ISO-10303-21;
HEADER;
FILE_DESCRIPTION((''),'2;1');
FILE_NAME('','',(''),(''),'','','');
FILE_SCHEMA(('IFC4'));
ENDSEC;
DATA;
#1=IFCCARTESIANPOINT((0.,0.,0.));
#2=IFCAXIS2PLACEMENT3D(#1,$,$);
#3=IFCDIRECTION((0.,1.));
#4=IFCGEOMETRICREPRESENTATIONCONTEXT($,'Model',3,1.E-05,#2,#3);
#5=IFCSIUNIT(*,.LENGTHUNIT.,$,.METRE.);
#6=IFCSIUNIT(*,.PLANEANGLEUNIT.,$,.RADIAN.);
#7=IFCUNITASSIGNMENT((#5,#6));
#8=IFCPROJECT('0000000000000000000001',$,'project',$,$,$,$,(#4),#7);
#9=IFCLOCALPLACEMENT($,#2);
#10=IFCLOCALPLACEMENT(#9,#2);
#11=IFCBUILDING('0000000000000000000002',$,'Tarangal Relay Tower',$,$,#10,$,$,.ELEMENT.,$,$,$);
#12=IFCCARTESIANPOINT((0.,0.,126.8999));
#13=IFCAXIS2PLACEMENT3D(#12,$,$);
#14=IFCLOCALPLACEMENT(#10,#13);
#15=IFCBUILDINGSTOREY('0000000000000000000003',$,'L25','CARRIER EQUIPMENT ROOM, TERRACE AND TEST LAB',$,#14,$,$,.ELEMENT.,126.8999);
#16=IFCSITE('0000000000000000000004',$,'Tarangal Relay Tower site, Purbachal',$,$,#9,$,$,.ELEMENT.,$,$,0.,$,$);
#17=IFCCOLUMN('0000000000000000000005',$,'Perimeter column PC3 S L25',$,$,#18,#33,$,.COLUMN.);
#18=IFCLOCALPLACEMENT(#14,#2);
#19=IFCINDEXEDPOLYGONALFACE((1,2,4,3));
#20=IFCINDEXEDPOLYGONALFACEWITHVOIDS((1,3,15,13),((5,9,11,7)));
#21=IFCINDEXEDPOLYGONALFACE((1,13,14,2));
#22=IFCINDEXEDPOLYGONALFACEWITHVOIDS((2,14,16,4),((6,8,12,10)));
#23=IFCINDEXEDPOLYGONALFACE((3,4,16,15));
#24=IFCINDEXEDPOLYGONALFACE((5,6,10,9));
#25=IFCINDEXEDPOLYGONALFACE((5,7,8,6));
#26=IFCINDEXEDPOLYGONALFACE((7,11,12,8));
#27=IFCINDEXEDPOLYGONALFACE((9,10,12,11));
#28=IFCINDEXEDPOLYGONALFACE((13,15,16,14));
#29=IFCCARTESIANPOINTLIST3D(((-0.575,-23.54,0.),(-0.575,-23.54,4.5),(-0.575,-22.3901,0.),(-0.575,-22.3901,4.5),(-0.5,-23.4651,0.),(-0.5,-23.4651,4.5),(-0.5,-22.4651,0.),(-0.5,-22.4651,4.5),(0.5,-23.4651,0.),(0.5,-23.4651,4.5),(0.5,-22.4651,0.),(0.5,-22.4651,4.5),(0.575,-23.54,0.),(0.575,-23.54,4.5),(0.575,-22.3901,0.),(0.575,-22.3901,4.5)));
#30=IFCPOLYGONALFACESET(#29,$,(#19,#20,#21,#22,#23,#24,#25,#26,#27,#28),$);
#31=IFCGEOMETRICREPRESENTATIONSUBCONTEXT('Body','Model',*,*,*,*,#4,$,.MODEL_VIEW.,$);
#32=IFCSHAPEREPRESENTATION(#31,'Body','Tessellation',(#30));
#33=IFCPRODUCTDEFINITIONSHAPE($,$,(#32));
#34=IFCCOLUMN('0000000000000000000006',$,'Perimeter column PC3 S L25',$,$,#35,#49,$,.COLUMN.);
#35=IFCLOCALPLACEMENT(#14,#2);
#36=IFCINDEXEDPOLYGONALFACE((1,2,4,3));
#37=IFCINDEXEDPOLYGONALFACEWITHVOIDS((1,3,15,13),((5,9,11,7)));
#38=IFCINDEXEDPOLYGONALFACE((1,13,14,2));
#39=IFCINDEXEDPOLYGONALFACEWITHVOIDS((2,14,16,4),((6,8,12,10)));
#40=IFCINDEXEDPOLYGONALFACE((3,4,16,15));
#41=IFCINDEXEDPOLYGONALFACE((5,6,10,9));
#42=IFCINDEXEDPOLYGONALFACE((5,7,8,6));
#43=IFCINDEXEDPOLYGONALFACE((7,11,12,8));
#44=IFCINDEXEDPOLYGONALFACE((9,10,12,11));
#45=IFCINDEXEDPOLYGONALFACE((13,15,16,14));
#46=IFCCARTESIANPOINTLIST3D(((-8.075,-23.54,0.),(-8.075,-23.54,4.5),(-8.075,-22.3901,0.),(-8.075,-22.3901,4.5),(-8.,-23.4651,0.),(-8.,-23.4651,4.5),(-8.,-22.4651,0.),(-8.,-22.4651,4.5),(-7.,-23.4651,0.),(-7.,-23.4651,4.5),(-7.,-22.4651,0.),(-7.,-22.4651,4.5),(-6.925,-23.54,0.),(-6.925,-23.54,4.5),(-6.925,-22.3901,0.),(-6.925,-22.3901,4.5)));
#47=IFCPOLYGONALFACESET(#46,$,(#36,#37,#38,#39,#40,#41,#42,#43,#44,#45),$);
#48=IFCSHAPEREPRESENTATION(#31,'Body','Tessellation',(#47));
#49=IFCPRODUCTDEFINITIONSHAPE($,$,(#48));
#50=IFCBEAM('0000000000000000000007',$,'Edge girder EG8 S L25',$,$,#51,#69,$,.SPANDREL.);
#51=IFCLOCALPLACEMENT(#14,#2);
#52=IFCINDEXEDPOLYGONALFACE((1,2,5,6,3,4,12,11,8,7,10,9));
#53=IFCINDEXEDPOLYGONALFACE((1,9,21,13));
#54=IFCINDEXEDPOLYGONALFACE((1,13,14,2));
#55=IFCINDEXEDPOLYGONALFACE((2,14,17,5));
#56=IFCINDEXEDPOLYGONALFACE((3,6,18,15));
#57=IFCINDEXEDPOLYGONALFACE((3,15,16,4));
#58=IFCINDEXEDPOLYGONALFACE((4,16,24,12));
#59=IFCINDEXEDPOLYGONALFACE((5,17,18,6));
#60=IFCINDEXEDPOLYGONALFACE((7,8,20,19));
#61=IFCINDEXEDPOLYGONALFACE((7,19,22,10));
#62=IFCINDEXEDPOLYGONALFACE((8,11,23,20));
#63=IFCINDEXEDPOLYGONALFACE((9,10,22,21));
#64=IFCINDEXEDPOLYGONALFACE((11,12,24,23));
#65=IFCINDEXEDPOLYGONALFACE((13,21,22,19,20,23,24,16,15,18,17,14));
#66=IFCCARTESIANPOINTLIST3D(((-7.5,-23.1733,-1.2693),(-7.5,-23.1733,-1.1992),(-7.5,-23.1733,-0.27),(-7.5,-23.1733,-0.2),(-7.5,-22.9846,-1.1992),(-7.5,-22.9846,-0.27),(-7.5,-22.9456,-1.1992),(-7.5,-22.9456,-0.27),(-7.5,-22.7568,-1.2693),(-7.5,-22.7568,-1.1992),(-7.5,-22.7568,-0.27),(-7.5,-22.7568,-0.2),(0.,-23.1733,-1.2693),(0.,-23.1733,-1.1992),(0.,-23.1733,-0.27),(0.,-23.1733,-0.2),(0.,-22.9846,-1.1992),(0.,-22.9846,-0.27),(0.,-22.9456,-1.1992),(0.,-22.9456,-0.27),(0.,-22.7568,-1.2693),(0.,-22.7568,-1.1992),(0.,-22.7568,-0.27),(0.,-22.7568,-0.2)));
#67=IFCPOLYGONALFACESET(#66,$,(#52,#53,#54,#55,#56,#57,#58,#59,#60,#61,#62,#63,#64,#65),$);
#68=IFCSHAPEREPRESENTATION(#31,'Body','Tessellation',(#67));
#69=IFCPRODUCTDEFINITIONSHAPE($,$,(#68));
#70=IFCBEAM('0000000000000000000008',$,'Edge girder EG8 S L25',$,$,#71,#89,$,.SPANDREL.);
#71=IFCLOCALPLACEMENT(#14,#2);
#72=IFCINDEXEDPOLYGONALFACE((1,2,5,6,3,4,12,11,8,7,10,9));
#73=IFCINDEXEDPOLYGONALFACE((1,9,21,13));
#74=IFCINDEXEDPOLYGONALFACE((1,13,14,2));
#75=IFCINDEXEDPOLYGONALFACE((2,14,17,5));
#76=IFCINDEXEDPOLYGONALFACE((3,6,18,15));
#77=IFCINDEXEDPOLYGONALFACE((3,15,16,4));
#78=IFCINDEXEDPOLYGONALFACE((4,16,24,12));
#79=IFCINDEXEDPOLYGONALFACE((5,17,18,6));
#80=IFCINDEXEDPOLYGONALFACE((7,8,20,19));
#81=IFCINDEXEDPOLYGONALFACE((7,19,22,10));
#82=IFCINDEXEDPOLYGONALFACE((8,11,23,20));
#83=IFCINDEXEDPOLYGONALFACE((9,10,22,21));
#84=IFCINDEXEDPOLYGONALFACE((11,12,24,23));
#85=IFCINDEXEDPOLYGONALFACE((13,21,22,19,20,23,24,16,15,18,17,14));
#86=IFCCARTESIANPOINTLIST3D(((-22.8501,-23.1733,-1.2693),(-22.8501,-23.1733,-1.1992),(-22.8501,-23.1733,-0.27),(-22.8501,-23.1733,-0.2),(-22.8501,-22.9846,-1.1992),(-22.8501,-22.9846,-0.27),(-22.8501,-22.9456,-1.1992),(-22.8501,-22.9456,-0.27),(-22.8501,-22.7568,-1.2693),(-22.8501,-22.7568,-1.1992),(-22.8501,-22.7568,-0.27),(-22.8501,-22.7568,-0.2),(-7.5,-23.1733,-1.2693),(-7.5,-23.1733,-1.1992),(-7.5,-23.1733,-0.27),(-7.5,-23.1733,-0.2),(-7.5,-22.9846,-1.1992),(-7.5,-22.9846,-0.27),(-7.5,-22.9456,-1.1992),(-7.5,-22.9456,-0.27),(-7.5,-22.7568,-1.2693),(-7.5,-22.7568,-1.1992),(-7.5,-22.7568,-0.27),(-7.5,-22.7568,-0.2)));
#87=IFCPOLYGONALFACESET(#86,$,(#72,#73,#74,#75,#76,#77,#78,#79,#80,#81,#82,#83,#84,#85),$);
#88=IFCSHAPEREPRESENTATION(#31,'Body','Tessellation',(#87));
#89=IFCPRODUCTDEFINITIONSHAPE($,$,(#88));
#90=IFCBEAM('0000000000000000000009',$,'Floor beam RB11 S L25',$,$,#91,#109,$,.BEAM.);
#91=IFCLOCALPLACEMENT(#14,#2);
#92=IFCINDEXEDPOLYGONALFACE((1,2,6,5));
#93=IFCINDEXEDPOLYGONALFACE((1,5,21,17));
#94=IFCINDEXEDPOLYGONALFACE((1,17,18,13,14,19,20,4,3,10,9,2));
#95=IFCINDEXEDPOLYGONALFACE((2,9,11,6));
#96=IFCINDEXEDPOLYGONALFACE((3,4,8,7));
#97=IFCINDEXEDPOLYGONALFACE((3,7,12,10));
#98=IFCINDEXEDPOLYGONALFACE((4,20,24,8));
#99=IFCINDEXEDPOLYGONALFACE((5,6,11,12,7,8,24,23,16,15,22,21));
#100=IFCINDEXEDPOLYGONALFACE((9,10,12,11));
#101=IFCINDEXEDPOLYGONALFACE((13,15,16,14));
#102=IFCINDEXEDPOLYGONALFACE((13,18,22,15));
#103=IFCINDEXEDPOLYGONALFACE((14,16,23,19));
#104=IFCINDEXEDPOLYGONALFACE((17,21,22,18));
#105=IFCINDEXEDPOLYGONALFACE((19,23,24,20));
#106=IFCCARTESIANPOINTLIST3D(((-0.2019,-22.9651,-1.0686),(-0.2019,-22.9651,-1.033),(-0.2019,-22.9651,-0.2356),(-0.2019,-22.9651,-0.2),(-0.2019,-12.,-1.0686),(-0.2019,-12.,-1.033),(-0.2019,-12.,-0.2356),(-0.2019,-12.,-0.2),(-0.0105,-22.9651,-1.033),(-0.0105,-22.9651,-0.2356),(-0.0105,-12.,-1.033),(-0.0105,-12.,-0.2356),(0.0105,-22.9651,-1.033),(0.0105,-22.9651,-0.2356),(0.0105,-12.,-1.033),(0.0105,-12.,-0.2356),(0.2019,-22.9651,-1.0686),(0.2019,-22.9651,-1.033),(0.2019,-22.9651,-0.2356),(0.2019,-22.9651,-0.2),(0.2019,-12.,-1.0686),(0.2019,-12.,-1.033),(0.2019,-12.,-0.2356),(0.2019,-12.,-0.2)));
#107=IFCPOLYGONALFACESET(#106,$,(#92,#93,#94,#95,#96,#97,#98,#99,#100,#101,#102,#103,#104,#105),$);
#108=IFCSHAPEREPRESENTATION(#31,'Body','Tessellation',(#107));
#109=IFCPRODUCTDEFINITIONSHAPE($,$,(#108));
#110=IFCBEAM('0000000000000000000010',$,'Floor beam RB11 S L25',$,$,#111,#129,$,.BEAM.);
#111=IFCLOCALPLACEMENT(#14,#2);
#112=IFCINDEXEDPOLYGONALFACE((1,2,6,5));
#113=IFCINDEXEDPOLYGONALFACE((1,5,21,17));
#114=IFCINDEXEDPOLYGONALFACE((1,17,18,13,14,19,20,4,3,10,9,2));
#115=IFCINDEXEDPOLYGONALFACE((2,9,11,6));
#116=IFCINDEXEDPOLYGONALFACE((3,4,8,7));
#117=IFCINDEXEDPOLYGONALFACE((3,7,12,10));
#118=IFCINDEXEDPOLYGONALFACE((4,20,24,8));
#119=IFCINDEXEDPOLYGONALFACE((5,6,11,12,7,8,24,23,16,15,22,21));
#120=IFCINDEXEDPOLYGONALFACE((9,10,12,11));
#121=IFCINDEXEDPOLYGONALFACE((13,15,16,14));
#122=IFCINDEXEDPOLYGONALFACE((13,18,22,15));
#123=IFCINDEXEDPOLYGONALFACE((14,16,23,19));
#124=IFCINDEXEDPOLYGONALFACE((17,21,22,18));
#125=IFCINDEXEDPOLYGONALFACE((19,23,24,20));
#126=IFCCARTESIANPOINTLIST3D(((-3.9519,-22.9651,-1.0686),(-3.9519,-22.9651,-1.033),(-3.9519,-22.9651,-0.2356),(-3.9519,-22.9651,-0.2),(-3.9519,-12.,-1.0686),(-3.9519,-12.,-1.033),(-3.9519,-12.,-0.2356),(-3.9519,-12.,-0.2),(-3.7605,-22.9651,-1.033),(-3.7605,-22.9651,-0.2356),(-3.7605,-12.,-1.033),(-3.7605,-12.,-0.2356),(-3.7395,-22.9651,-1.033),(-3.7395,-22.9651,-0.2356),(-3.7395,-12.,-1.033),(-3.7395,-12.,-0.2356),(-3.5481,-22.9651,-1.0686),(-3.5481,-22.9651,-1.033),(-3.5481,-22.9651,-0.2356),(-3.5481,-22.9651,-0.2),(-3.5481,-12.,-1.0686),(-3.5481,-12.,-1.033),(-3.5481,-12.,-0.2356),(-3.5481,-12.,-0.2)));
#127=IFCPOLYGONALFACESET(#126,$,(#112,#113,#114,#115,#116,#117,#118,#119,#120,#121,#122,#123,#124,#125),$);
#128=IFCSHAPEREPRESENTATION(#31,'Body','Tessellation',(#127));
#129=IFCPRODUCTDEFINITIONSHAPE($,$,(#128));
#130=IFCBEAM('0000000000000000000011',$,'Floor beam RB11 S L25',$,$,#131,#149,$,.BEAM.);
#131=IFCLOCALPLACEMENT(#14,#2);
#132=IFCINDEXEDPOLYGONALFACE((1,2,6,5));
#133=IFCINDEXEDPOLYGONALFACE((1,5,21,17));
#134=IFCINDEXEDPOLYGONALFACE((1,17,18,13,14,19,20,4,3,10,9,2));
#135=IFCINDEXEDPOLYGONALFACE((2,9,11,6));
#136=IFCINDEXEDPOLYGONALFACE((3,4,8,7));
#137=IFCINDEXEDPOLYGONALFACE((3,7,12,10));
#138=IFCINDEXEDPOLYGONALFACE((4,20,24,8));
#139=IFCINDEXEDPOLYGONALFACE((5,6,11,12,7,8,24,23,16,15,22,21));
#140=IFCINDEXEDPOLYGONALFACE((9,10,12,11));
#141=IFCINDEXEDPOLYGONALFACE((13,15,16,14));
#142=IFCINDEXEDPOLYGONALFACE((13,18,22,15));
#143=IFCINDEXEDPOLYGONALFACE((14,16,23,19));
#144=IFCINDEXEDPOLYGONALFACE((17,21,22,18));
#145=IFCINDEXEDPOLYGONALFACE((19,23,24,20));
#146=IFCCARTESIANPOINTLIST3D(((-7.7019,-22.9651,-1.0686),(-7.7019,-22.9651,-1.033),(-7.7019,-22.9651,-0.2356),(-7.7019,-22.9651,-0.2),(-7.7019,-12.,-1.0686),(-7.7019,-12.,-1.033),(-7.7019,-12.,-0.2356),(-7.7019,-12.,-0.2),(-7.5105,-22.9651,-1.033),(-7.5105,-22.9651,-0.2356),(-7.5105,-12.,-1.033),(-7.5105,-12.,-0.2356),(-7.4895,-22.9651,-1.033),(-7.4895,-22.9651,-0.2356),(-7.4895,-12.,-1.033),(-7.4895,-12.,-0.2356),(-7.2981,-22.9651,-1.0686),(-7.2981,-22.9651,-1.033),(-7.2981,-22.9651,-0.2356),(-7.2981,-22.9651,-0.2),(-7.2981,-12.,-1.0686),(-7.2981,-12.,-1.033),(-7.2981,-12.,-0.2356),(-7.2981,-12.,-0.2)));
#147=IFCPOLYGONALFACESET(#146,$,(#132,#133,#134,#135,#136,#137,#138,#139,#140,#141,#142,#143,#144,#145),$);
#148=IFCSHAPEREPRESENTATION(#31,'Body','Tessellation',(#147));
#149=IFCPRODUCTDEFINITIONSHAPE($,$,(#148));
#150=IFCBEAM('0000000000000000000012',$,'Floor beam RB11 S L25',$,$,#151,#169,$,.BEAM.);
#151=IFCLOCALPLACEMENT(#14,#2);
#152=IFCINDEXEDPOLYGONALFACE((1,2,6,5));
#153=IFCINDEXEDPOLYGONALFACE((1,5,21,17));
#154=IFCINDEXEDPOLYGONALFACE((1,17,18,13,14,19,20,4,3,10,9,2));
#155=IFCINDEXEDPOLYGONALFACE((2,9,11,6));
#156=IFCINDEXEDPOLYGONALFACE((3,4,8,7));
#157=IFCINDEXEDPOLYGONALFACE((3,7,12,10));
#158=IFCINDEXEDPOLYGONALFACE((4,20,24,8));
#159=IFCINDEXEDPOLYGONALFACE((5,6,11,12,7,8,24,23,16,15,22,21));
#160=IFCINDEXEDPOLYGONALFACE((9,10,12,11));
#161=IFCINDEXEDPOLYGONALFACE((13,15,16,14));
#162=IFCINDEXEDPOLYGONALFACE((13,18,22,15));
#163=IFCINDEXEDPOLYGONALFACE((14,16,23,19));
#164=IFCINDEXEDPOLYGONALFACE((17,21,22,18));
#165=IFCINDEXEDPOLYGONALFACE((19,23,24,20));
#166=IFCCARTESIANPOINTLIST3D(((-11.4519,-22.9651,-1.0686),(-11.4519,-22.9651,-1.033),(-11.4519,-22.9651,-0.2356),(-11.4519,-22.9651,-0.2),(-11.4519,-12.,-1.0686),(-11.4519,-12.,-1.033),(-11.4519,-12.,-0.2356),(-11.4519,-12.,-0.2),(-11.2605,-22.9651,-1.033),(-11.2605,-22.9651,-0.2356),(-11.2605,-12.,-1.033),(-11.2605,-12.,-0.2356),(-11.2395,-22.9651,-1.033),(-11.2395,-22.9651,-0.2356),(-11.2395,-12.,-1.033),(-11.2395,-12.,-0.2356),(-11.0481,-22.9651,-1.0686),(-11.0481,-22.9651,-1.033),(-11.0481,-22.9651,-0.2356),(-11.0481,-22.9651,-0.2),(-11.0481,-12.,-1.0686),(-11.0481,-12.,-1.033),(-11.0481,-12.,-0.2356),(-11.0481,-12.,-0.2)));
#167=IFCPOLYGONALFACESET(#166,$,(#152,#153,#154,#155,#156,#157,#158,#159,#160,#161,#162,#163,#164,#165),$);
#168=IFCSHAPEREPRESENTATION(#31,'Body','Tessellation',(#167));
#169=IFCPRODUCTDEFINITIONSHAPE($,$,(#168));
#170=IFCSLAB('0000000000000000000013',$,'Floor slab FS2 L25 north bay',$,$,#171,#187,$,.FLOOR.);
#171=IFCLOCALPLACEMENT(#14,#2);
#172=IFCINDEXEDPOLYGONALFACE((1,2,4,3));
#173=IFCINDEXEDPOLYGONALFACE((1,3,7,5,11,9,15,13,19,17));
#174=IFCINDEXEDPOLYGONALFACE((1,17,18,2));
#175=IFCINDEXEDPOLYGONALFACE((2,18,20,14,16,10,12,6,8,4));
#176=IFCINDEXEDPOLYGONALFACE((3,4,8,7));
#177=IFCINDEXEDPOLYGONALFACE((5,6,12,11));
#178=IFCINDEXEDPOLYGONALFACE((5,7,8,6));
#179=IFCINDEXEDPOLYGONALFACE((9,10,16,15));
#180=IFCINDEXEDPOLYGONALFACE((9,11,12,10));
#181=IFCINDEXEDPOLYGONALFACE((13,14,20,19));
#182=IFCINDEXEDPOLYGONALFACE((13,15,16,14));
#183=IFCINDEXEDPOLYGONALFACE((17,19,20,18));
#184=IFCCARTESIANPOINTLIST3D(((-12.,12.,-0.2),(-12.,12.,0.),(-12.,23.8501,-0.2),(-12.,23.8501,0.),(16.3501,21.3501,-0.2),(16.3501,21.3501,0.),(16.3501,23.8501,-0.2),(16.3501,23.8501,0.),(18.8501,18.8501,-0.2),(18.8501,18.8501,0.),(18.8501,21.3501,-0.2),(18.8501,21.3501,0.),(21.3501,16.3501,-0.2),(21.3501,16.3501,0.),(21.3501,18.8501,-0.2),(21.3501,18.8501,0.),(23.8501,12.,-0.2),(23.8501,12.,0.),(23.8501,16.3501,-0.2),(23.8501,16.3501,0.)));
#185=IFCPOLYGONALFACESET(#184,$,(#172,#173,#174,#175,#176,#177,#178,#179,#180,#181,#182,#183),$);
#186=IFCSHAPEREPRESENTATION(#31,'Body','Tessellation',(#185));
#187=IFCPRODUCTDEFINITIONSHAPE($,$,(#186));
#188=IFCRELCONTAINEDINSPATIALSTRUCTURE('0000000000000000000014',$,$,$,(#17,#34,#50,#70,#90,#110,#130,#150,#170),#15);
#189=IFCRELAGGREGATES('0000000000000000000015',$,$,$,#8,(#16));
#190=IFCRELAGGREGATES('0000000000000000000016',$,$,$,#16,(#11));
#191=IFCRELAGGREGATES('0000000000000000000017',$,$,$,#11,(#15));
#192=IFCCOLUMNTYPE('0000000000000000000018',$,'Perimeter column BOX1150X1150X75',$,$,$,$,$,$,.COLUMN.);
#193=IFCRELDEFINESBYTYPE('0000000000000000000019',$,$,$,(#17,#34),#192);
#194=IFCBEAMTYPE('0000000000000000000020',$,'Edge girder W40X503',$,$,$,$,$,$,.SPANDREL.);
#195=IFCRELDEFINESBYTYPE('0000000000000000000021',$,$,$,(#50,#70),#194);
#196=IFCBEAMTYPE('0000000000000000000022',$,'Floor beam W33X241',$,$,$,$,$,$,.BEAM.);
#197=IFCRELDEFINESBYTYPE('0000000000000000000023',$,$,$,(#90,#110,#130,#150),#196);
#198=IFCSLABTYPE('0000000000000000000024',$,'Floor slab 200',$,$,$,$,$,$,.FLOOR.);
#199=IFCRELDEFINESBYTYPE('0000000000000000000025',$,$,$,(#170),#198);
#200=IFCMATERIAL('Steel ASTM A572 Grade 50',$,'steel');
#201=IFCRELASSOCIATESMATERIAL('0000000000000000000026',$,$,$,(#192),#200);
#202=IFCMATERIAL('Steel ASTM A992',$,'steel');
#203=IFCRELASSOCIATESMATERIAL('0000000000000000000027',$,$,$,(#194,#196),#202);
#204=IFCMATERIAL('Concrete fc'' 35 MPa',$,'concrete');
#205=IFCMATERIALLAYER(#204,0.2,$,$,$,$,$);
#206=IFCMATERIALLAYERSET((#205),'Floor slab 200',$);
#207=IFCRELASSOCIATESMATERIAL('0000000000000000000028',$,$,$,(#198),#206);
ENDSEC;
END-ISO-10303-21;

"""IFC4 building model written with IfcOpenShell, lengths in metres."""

from ifc_helpers import new_model, si_unit, direction, frame, origin, origin_2d, place, context, subcontext, project, spatial, polyline, hollow_rectangle, i_section, outline, extrude, material, layer, layer_set, material_profile, profile_set, type_object, element, save


model = new_model("IFC4")

# Units and contexts
model_context = context("Model", 3, precision=1e-05, world=origin(), true_north=direction((0.0, 1.0)))
body_context = subcontext(model_context, "Body", "Model", "MODEL_VIEW")
ifc_project = project(units=[si_unit("LENGTHUNIT", "METRE"), si_unit("PLANEANGLEUNIT", "RADIAN")], contexts=[model_context])

# Site, building, storey
site_placement = place(None, origin())
site = spatial("IfcSite", under=ifc_project, at=site_placement, Name="Tarangal Relay Tower site, Purbachal", CompositionType="ELEMENT", RefElevation=0.0)
building_placement = place(site_placement, origin())
building = spatial("IfcBuilding", under=site, at=building_placement, Name="Tarangal Relay Tower", CompositionType="ELEMENT")
storey_placement = place(building_placement, frame((0.0, 0.0, 126.8999)))
storey = spatial("IfcBuildingStorey", under=building, at=storey_placement, Name="L25", Description="CARRIER EQUIPMENT ROOM, TERRACE AND TEST LAB", CompositionType="ELEMENT", Elevation=126.8999)

# Columns
ifc_material_1 = material(Name="Steel ASTM A572 Grade 50", Category="steel")
ifc_material_profile_1 = material_profile(ifc_material_1, hollow_rectangle(XDim=1.1499, YDim=1.1499, WallThickness=0.075, at=origin_2d()), Name="BOX1150X1150X75")
ifc_profile_set_1 = profile_set([ifc_material_profile_1], Name="Steel ASTM A572 Grade 50")
column_type = type_object("IfcColumnType", Name="Perimeter column BOX1150X1150X75", PredefinedType="COLUMN", material=ifc_profile_set_1)
for number, where, z_axis, x_axis, name in (
    (1, (0.0, -22.9651, 0.0), (0.0, 0.0, 1.0), (1.0, 0.0, 0.0), "Perimeter column PC3 S L25"),
    (2, (-7.5, -22.9651, 0.0), (0.0, 0.0, 1.0), (1.0, 0.0, 0.0), "Perimeter column PC3 S L25"),
):
    element("IfcColumn", number, at=place(storey_placement, frame(where, z_axis=z_axis, x_axis=x_axis)), inside=storey, type_object=column_type, Name=name, PredefinedType="COLUMN", context=body_context, shape_type="SweptSolid", body=[
        extrude(hollow_rectangle(XDim=1.1499, YDim=1.1499, WallThickness=0.075, at=origin_2d()), origin(), (0.0, 0.0, 1.0), 4.5),
    ])

# Beams
ifc_material_2 = material(Name="Steel ASTM A992", Category="steel")
ifc_material_profile_2 = material_profile(ifc_material_2, i_section(OverallWidth=0.4165, OverallDepth=1.0693, WebThickness=0.0391, FlangeThickness=0.0701, at=origin_2d()), Name="W40X503")
ifc_profile_set_2 = profile_set([ifc_material_profile_2], Name="Steel ASTM A992")
beam_type_1 = type_object("IfcBeamType", Name="Edge girder W40X503", PredefinedType="SPANDREL", material=ifc_profile_set_2)
beam_1_placement = place(storey_placement, frame((0.0, -22.9651, -0.7346), z_axis=(-1.0, 0.0, 0.0), x_axis=(0.0, -1.0, 0.0)))
element("IfcBeam", 3, at=beam_1_placement, inside=storey, type_object=beam_type_1, Name="Edge girder EG8 S L25", PredefinedType="SPANDREL", context=body_context, shape_type="SweptSolid", body=[
    extrude(i_section(OverallWidth=0.4165, OverallDepth=1.0693, WebThickness=0.0391, FlangeThickness=0.0701, at=origin_2d()), origin(), (0.0, 0.0, 1.0), 7.5),
])
beam_2_placement = place(storey_placement, frame((-7.5, -22.9651, -0.7346), z_axis=(-1.0, 0.0, 0.0), x_axis=(0.0, -1.0, 0.0)))
element("IfcBeam", 4, at=beam_2_placement, inside=storey, type_object=beam_type_1, Name="Edge girder EG8 S L25", PredefinedType="SPANDREL", context=body_context, shape_type="SweptSolid", body=[
    extrude(i_section(OverallWidth=0.4165, OverallDepth=1.0693, WebThickness=0.0391, FlangeThickness=0.0701, at=origin_2d()), origin(), (0.0, 0.0, 1.0), 15.3501),
])
ifc_material_profile_3 = material_profile(ifc_material_2, i_section(OverallWidth=0.4038, OverallDepth=0.8687, WebThickness=0.021, FlangeThickness=0.0356, at=origin_2d()), Name="W33X241")
ifc_profile_set_3 = profile_set([ifc_material_profile_3], Name="Steel ASTM A992")
beam_type_2 = type_object("IfcBeamType", Name="Floor beam W33X241", PredefinedType="BEAM", material=ifc_profile_set_3)
for number, where, z_axis, x_axis, name in (
    (5, (0.0, -12.0, -0.6343), (0.0, -1.0, 0.0), (1.0, 0.0, 0.0), "Floor beam RB11 S L25"),
    (6, (-3.75, -12.0, -0.6343), (0.0, -1.0, 0.0), (1.0, 0.0, 0.0), "Floor beam RB11 S L25"),
    (7, (-7.5, -12.0, -0.6343), (0.0, -1.0, 0.0), (1.0, 0.0, 0.0), "Floor beam RB11 S L25"),
    (8, (-11.25, -12.0, -0.6343), (0.0, -1.0, 0.0), (1.0, 0.0, 0.0), "Floor beam RB11 S L25"),
):
    element("IfcBeam", number, at=place(storey_placement, frame(where, z_axis=z_axis, x_axis=x_axis)), inside=storey, type_object=beam_type_2, Name=name, PredefinedType="BEAM", context=body_context, shape_type="SweptSolid", body=[
        extrude(i_section(OverallWidth=0.4038, OverallDepth=0.8687, WebThickness=0.021, FlangeThickness=0.0356, at=origin_2d()), origin(), (0.0, 0.0, 1.0), 10.9651),
    ])

# Slab
ifc_material_3 = material(Name="Concrete fc' 35 MPa", Category="concrete")
ifc_layer_1 = layer(ifc_material_3, 0.2)
ifc_layer_set_1 = layer_set([ifc_layer_1], Name="Floor slab 200")
slab_type = type_object("IfcSlabType", Name="Floor slab 200", PredefinedType="FLOOR", material=ifc_layer_set_1)
slab_1_placement = place(storey_placement, frame((0.0, 0.0, -0.2)))
element("IfcSlab", 9, at=slab_1_placement, inside=storey, type_object=slab_type, Name="Floor slab FS2 L25 north bay", PredefinedType="FLOOR", context=body_context, shape_type="SweptSolid", body=[
    extrude(outline(polyline([(16.3501, 23.8501), (16.3501, 21.3501), (18.8501, 21.3501), (18.8501, 18.8501), (21.3501, 18.8501), (21.3501, 16.3501), (23.8501, 16.3501), (23.8501, 12.0), (-12.0, 12.0), (-12.0, 23.8501), (16.3501, 23.8501)])), origin(), (0.0, 0.0, 1.0), 0.2),
])

save(model, "model.ifc")
